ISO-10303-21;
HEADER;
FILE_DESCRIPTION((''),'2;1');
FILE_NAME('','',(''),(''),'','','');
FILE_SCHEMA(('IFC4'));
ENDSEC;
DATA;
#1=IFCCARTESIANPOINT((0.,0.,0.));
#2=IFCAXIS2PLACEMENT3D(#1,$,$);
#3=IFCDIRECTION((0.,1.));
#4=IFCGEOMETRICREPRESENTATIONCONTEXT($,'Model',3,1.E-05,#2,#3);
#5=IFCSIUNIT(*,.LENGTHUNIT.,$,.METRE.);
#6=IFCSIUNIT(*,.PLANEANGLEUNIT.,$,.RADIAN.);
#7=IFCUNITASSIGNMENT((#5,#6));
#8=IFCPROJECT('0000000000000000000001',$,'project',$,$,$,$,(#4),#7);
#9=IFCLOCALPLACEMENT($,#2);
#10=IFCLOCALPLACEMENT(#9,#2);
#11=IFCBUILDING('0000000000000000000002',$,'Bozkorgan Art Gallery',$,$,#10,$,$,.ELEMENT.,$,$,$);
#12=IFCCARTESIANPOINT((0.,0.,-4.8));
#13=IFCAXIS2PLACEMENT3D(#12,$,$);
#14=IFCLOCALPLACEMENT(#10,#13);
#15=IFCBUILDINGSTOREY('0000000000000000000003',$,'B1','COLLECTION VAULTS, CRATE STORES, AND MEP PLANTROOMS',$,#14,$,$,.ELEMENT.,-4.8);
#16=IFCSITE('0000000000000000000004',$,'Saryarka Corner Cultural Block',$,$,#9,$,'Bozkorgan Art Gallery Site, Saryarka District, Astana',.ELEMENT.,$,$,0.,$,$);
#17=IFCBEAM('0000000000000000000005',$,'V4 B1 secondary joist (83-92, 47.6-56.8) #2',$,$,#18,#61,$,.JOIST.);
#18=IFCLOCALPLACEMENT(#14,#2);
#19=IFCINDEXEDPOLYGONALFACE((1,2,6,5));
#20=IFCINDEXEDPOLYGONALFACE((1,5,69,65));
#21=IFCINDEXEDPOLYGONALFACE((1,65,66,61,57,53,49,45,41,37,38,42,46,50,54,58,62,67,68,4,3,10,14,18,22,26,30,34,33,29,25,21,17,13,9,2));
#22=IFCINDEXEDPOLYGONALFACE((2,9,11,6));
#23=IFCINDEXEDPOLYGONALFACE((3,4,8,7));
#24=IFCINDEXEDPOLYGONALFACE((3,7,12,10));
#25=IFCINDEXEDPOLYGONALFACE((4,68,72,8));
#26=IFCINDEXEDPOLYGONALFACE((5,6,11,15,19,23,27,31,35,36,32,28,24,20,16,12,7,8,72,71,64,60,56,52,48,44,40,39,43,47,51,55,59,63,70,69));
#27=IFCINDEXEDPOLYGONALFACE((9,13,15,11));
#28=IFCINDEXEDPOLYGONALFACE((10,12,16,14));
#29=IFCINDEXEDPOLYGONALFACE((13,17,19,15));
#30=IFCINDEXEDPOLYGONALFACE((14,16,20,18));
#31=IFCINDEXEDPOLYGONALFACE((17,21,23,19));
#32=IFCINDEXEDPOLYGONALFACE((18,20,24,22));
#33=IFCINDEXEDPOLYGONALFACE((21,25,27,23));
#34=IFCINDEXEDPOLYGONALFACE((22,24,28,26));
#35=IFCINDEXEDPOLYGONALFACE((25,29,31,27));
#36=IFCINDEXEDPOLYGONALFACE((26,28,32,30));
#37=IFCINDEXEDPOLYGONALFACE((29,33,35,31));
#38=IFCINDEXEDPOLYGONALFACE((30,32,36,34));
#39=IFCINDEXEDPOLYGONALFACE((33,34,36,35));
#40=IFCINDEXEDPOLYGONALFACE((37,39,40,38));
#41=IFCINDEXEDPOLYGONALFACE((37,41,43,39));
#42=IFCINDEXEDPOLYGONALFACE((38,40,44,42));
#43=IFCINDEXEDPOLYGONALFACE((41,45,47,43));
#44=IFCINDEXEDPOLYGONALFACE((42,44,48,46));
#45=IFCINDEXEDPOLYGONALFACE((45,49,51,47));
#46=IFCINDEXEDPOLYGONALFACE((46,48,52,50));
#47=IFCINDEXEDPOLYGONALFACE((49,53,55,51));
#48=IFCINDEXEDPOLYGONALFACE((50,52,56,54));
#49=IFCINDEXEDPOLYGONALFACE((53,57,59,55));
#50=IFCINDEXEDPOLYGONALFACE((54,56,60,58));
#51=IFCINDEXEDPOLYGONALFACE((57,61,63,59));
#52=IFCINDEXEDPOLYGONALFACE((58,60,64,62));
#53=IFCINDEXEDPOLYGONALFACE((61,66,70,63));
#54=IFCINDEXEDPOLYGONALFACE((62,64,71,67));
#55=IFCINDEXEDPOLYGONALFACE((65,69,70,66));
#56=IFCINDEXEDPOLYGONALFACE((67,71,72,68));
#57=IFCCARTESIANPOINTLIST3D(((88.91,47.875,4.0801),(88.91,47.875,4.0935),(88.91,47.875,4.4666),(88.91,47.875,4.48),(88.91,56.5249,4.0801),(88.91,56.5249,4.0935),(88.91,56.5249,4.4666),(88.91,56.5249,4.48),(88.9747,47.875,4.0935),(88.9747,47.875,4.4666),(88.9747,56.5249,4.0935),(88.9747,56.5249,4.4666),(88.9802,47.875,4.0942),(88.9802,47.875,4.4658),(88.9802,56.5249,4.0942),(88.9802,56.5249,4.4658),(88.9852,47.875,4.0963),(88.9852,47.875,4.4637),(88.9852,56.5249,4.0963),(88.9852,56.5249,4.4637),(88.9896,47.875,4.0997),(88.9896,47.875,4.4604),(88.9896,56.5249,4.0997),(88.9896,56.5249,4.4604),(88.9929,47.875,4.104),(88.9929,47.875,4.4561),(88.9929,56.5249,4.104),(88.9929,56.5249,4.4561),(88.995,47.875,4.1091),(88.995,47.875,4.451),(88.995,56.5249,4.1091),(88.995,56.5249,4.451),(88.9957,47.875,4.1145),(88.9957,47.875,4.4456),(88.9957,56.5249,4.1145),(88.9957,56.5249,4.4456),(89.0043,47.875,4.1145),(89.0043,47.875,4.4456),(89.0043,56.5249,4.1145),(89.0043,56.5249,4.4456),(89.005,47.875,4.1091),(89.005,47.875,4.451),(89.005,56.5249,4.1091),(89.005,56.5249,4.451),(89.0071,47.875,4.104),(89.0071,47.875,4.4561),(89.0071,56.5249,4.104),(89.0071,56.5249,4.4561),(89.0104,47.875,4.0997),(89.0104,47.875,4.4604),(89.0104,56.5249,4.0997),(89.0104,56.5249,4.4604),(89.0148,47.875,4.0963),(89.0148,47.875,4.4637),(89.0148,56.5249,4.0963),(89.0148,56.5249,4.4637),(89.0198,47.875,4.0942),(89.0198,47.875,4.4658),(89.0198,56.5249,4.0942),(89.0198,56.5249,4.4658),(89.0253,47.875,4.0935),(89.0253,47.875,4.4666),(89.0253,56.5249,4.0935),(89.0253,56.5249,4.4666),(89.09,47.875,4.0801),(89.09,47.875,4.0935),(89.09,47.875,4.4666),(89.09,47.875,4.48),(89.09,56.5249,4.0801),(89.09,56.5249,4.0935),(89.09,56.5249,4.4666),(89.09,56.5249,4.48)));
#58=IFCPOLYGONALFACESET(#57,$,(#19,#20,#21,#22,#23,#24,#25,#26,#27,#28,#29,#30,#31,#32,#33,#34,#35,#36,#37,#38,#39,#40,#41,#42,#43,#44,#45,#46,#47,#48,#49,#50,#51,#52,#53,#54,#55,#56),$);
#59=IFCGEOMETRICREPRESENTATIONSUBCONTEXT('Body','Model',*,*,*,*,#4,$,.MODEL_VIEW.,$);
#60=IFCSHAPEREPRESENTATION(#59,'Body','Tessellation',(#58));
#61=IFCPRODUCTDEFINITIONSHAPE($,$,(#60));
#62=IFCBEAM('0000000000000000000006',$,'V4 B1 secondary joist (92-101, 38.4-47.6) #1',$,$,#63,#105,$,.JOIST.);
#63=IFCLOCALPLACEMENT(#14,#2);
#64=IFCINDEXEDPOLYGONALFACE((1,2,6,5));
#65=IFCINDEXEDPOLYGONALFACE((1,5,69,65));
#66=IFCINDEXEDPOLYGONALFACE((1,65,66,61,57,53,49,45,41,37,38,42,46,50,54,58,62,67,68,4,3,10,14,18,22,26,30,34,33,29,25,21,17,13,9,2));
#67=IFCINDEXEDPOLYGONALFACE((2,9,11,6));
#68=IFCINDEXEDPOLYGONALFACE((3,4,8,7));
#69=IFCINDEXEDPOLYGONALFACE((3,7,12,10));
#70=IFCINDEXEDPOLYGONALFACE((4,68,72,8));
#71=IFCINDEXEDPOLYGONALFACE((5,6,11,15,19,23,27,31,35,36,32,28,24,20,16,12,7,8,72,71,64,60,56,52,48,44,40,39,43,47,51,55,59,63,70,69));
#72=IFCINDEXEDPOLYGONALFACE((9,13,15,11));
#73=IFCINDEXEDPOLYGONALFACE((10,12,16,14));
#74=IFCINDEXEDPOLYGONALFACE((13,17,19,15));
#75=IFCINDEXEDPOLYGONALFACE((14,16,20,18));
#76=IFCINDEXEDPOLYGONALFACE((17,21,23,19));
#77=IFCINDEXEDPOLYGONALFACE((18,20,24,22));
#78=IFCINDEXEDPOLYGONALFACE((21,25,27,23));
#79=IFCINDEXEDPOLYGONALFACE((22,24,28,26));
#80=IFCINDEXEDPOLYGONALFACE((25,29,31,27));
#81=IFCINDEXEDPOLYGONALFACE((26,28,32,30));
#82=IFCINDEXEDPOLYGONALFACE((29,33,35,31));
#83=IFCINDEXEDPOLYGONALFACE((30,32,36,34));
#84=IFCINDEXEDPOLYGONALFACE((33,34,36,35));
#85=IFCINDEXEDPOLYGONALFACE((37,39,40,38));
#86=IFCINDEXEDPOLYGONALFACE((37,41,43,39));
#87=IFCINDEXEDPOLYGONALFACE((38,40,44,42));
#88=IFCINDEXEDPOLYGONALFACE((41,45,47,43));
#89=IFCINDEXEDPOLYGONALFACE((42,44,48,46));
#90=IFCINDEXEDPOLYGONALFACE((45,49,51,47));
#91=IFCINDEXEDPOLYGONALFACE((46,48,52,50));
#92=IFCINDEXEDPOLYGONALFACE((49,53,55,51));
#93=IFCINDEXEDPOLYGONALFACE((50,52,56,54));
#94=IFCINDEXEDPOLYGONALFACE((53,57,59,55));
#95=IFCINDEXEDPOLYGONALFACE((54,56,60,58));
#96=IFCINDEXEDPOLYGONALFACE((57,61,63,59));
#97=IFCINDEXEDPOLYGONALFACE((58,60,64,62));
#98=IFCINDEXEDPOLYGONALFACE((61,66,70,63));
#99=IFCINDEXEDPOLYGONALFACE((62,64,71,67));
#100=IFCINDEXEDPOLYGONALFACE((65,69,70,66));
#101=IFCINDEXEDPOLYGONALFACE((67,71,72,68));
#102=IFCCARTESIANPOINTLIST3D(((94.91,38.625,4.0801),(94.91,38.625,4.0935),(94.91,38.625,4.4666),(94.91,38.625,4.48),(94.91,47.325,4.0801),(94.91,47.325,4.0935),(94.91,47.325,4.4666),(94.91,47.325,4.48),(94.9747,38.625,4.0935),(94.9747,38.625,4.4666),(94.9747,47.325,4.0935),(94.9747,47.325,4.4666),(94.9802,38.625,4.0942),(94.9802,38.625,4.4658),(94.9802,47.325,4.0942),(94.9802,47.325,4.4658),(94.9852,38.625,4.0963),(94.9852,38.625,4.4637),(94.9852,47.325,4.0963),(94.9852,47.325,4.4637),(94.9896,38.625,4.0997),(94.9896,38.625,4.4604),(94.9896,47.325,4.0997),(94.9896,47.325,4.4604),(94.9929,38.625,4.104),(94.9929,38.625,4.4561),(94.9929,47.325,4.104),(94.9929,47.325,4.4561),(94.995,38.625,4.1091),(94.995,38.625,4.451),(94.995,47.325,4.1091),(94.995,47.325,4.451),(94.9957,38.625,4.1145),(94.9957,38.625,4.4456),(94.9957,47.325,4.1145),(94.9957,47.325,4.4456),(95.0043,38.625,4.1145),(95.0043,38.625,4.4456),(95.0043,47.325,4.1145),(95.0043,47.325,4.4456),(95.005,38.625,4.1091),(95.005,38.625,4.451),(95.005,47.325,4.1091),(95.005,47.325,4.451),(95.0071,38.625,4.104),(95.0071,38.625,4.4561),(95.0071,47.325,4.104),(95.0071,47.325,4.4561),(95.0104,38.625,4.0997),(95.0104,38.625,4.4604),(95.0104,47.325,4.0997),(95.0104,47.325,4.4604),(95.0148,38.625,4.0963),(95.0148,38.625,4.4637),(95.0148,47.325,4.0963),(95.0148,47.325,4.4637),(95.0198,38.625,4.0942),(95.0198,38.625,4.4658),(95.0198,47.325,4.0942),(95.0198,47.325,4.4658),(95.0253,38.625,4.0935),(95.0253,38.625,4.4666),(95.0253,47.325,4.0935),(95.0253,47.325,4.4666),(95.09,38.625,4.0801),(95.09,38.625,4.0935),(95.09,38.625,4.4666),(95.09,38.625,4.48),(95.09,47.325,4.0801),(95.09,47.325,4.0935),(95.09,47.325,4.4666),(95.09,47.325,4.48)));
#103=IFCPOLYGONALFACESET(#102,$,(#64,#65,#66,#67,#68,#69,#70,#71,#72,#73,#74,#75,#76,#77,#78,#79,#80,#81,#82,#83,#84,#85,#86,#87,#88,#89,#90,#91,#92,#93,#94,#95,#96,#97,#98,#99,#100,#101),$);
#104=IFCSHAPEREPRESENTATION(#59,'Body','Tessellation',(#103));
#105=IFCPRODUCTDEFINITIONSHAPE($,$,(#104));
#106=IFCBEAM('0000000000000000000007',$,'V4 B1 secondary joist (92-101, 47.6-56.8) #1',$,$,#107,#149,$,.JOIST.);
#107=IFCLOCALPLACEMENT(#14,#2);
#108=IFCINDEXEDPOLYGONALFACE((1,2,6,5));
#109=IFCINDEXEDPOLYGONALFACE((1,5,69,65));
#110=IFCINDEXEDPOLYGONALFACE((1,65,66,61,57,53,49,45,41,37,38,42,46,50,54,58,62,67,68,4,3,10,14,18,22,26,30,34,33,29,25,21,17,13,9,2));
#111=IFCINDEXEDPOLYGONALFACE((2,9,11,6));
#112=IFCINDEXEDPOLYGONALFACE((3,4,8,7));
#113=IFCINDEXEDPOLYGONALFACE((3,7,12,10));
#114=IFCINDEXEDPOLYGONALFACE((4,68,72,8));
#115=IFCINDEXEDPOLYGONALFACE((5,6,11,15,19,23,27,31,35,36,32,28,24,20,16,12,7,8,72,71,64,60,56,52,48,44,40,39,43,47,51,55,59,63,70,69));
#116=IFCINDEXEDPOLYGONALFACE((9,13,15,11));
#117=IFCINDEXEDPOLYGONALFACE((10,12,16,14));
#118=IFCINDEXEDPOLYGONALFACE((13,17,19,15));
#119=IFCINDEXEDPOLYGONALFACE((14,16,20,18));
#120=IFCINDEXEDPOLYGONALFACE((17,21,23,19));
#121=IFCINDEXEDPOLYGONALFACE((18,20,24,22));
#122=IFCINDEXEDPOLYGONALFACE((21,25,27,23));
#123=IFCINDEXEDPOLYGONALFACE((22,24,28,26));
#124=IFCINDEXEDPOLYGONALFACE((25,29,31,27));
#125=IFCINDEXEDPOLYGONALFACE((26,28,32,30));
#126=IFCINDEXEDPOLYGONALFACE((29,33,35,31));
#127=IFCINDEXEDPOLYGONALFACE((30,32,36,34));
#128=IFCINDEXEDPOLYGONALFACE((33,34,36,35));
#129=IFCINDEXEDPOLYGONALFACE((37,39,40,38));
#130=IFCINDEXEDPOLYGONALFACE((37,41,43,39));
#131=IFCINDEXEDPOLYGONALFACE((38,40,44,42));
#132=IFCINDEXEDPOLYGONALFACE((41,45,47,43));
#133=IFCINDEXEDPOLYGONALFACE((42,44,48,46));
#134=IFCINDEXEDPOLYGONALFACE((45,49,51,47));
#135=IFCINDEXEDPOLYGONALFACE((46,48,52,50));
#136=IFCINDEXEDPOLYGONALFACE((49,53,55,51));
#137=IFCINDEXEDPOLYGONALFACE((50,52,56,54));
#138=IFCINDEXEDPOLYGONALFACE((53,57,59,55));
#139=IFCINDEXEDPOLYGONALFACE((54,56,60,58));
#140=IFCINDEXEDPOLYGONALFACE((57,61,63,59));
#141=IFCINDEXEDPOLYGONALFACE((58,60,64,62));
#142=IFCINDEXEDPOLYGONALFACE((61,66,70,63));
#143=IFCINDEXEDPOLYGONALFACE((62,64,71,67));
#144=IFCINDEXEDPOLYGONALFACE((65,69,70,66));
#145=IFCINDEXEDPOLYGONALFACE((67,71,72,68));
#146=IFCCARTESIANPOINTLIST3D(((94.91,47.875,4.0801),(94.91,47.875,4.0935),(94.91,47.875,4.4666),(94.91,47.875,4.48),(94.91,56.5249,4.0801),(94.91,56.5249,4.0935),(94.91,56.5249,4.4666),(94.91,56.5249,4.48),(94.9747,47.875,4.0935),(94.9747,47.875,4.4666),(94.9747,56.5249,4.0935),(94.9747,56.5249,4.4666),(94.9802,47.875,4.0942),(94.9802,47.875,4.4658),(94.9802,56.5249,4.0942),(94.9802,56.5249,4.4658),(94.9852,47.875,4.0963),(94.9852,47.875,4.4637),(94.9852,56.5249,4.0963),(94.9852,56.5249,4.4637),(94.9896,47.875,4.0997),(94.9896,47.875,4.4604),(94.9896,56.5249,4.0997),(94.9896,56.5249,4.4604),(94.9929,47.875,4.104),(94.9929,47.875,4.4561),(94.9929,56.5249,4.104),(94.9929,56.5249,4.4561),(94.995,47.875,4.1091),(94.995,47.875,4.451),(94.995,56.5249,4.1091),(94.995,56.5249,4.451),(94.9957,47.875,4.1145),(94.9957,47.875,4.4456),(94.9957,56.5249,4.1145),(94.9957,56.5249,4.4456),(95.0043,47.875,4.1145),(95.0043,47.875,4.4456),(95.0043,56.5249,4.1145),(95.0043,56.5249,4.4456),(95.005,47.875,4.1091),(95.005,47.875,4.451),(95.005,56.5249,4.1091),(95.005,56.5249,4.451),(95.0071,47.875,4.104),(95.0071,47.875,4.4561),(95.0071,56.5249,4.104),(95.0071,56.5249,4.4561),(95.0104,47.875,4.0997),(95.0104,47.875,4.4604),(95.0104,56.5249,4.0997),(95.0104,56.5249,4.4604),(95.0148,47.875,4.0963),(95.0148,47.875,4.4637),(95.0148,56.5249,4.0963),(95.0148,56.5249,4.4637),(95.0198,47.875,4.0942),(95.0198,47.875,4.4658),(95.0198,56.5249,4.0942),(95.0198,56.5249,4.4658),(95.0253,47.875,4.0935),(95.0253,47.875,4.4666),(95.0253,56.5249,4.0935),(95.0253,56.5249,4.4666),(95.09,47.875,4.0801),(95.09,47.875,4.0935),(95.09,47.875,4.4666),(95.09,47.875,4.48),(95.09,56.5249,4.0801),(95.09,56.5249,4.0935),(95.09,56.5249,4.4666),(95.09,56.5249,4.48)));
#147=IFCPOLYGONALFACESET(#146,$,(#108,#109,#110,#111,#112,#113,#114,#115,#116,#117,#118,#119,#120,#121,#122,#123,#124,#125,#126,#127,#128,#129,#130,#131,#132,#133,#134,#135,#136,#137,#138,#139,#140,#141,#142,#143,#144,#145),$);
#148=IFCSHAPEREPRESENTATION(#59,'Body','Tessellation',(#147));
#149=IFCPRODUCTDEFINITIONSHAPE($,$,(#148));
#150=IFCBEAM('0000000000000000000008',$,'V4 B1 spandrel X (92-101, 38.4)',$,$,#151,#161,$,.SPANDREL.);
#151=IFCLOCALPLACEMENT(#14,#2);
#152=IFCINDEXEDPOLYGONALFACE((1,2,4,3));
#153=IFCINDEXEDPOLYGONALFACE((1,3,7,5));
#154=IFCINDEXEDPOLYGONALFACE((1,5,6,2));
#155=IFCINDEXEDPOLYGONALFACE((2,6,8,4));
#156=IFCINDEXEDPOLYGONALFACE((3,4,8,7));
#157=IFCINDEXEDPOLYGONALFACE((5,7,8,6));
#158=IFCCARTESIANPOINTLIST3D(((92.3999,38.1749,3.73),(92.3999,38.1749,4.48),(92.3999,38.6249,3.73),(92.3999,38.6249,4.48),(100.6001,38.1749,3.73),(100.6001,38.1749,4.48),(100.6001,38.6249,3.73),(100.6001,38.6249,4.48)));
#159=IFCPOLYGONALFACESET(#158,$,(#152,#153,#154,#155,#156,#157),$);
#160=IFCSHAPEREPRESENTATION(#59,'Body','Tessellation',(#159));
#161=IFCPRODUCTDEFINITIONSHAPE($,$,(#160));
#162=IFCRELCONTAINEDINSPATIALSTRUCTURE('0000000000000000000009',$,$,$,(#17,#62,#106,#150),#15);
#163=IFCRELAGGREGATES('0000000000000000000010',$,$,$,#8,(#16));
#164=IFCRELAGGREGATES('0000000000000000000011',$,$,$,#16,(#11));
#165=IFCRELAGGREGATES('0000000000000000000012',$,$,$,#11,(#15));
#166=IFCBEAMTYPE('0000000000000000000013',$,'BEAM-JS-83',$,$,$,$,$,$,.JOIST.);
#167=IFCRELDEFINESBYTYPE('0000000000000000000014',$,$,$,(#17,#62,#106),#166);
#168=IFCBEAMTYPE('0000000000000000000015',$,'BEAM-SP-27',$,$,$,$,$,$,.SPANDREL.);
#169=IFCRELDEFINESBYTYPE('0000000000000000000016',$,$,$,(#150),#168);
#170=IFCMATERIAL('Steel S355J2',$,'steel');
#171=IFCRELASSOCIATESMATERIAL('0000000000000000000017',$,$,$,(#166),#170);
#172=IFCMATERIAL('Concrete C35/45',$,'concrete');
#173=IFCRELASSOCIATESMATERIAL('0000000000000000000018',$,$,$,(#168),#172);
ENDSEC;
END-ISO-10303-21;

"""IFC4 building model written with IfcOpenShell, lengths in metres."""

from ifc_helpers import new_model, si_unit, direction, frame, origin, origin_2d, place, context, subcontext, project, spatial, rectangle, i_section, extrude, material, material_profile, profile_set, type_object, element, save


model = new_model("IFC4")

# Units and contexts
model_context = context("Model", 3, precision=1e-05, world=origin(), true_north=direction((0.0, 1.0)))
body_context = subcontext(model_context, "Body", "Model", "MODEL_VIEW")
ifc_project = project(units=[si_unit("LENGTHUNIT", "METRE"), si_unit("PLANEANGLEUNIT", "RADIAN")], contexts=[model_context])

# Site, building, storey
site_placement = place(None, origin())
site = spatial("IfcSite", under=ifc_project, at=site_placement, Name="Saryarka Corner Cultural Block", LongName="Bozkorgan Art Gallery Site, Saryarka District, Astana", CompositionType="ELEMENT", RefElevation=0.0)
building_placement = place(site_placement, origin())
building = spatial("IfcBuilding", under=site, at=building_placement, Name="Bozkorgan Art Gallery", CompositionType="ELEMENT")
storey_placement = place(building_placement, frame((0.0, 0.0, -4.8)))
storey = spatial("IfcBuildingStorey", under=building, at=storey_placement, Name="B1", Description="COLLECTION VAULTS, CRATE STORES, AND MEP PLANTROOMS", CompositionType="ELEMENT", Elevation=-4.8)

# Beams
ifc_material_1 = material(Name="Concrete C35/45", Category="concrete")
ifc_material_2 = material(Name="Steel S355J2", Category="steel")
ifc_material_profile_1 = material_profile(ifc_material_2, i_section(OverallWidth=0.1799, OverallDepth=0.3999, WebThickness=0.0085, FlangeThickness=0.0134, FilletRadius=0.021, at=origin_2d()), Name="IPE 400")
ifc_profile_set_1 = profile_set([ifc_material_profile_1], Name="Steel S355J2")
beam_type_1 = type_object("IfcBeamType", Name="BEAM-JS-83", PredefinedType="JOIST", material=ifc_profile_set_1)
for number, where, z_axis, x_axis, name in (
    (1, (89.0, 47.875, 4.28), (0.0, 1.0, 0.0), (-1.0, 0.0, 0.0), "V4 B1 secondary joist (83-92, 47.6-56.8) #2"),
):
    element("IfcBeam", number, at=place(storey_placement, frame(where, z_axis=z_axis, x_axis=x_axis)), inside=storey, type_object=beam_type_1, Name=name, PredefinedType="JOIST", context=body_context, shape_type="SweptSolid", body=[
        extrude(i_section(OverallWidth=0.1799, OverallDepth=0.3999, WebThickness=0.0085, FlangeThickness=0.0134, FilletRadius=0.021, at=origin_2d()), origin(), (0.0, 0.0, 1.0), 8.6499),
    ])
beam_1_placement = place(storey_placement, frame((95.0, 38.625, 4.28), z_axis=(0.0, 1.0, 0.0), x_axis=(-1.0, 0.0, 0.0)))
element("IfcBeam", 2, at=beam_1_placement, inside=storey, type_object=beam_type_1, Name="V4 B1 secondary joist (92-101, 38.4-47.6) #1", PredefinedType="JOIST", context=body_context, shape_type="SweptSolid", body=[
    extrude(i_section(OverallWidth=0.1799, OverallDepth=0.3999, WebThickness=0.0085, FlangeThickness=0.0134, FilletRadius=0.021, at=origin_2d()), origin(), (0.0, 0.0, 1.0), 8.7),
])
beam_2_placement = place(storey_placement, frame((95.0, 47.875, 4.28), z_axis=(0.0, 1.0, 0.0), x_axis=(-1.0, 0.0, 0.0)))
element("IfcBeam", 3, at=beam_2_placement, inside=storey, type_object=beam_type_1, Name="V4 B1 secondary joist (92-101, 47.6-56.8) #1", PredefinedType="JOIST", context=body_context, shape_type="SweptSolid", body=[
    extrude(i_section(OverallWidth=0.1799, OverallDepth=0.3999, WebThickness=0.0085, FlangeThickness=0.0134, FilletRadius=0.021, at=origin_2d()), origin(), (0.0, 0.0, 1.0), 8.6499),
])
ifc_material_profile_2 = material_profile(ifc_material_1, rectangle(XDim=0.45, YDim=0.75, at=origin_2d()), Name="RC 450x750")
ifc_profile_set_2 = profile_set([ifc_material_profile_2], Name="Concrete C35/45")
beam_type_2 = type_object("IfcBeamType", Name="BEAM-SP-27", PredefinedType="SPANDREL", material=ifc_profile_set_2)
beam_3_placement = place(storey_placement, frame((92.3999, 38.3999, 4.105), z_axis=(1.0, 0.0, 0.0), x_axis=(0.0, 1.0, 0.0)))
element("IfcBeam", 4, at=beam_3_placement, inside=storey, type_object=beam_type_2, Name="V4 B1 spandrel X (92-101, 38.4)", PredefinedType="SPANDREL", context=body_context, shape_type="SweptSolid", body=[
    extrude(rectangle(XDim=0.45, YDim=0.75, at=origin_2d()), origin(), (0.0, 0.0, 1.0), 8.2002),
])

save(model, "model.ifc")
